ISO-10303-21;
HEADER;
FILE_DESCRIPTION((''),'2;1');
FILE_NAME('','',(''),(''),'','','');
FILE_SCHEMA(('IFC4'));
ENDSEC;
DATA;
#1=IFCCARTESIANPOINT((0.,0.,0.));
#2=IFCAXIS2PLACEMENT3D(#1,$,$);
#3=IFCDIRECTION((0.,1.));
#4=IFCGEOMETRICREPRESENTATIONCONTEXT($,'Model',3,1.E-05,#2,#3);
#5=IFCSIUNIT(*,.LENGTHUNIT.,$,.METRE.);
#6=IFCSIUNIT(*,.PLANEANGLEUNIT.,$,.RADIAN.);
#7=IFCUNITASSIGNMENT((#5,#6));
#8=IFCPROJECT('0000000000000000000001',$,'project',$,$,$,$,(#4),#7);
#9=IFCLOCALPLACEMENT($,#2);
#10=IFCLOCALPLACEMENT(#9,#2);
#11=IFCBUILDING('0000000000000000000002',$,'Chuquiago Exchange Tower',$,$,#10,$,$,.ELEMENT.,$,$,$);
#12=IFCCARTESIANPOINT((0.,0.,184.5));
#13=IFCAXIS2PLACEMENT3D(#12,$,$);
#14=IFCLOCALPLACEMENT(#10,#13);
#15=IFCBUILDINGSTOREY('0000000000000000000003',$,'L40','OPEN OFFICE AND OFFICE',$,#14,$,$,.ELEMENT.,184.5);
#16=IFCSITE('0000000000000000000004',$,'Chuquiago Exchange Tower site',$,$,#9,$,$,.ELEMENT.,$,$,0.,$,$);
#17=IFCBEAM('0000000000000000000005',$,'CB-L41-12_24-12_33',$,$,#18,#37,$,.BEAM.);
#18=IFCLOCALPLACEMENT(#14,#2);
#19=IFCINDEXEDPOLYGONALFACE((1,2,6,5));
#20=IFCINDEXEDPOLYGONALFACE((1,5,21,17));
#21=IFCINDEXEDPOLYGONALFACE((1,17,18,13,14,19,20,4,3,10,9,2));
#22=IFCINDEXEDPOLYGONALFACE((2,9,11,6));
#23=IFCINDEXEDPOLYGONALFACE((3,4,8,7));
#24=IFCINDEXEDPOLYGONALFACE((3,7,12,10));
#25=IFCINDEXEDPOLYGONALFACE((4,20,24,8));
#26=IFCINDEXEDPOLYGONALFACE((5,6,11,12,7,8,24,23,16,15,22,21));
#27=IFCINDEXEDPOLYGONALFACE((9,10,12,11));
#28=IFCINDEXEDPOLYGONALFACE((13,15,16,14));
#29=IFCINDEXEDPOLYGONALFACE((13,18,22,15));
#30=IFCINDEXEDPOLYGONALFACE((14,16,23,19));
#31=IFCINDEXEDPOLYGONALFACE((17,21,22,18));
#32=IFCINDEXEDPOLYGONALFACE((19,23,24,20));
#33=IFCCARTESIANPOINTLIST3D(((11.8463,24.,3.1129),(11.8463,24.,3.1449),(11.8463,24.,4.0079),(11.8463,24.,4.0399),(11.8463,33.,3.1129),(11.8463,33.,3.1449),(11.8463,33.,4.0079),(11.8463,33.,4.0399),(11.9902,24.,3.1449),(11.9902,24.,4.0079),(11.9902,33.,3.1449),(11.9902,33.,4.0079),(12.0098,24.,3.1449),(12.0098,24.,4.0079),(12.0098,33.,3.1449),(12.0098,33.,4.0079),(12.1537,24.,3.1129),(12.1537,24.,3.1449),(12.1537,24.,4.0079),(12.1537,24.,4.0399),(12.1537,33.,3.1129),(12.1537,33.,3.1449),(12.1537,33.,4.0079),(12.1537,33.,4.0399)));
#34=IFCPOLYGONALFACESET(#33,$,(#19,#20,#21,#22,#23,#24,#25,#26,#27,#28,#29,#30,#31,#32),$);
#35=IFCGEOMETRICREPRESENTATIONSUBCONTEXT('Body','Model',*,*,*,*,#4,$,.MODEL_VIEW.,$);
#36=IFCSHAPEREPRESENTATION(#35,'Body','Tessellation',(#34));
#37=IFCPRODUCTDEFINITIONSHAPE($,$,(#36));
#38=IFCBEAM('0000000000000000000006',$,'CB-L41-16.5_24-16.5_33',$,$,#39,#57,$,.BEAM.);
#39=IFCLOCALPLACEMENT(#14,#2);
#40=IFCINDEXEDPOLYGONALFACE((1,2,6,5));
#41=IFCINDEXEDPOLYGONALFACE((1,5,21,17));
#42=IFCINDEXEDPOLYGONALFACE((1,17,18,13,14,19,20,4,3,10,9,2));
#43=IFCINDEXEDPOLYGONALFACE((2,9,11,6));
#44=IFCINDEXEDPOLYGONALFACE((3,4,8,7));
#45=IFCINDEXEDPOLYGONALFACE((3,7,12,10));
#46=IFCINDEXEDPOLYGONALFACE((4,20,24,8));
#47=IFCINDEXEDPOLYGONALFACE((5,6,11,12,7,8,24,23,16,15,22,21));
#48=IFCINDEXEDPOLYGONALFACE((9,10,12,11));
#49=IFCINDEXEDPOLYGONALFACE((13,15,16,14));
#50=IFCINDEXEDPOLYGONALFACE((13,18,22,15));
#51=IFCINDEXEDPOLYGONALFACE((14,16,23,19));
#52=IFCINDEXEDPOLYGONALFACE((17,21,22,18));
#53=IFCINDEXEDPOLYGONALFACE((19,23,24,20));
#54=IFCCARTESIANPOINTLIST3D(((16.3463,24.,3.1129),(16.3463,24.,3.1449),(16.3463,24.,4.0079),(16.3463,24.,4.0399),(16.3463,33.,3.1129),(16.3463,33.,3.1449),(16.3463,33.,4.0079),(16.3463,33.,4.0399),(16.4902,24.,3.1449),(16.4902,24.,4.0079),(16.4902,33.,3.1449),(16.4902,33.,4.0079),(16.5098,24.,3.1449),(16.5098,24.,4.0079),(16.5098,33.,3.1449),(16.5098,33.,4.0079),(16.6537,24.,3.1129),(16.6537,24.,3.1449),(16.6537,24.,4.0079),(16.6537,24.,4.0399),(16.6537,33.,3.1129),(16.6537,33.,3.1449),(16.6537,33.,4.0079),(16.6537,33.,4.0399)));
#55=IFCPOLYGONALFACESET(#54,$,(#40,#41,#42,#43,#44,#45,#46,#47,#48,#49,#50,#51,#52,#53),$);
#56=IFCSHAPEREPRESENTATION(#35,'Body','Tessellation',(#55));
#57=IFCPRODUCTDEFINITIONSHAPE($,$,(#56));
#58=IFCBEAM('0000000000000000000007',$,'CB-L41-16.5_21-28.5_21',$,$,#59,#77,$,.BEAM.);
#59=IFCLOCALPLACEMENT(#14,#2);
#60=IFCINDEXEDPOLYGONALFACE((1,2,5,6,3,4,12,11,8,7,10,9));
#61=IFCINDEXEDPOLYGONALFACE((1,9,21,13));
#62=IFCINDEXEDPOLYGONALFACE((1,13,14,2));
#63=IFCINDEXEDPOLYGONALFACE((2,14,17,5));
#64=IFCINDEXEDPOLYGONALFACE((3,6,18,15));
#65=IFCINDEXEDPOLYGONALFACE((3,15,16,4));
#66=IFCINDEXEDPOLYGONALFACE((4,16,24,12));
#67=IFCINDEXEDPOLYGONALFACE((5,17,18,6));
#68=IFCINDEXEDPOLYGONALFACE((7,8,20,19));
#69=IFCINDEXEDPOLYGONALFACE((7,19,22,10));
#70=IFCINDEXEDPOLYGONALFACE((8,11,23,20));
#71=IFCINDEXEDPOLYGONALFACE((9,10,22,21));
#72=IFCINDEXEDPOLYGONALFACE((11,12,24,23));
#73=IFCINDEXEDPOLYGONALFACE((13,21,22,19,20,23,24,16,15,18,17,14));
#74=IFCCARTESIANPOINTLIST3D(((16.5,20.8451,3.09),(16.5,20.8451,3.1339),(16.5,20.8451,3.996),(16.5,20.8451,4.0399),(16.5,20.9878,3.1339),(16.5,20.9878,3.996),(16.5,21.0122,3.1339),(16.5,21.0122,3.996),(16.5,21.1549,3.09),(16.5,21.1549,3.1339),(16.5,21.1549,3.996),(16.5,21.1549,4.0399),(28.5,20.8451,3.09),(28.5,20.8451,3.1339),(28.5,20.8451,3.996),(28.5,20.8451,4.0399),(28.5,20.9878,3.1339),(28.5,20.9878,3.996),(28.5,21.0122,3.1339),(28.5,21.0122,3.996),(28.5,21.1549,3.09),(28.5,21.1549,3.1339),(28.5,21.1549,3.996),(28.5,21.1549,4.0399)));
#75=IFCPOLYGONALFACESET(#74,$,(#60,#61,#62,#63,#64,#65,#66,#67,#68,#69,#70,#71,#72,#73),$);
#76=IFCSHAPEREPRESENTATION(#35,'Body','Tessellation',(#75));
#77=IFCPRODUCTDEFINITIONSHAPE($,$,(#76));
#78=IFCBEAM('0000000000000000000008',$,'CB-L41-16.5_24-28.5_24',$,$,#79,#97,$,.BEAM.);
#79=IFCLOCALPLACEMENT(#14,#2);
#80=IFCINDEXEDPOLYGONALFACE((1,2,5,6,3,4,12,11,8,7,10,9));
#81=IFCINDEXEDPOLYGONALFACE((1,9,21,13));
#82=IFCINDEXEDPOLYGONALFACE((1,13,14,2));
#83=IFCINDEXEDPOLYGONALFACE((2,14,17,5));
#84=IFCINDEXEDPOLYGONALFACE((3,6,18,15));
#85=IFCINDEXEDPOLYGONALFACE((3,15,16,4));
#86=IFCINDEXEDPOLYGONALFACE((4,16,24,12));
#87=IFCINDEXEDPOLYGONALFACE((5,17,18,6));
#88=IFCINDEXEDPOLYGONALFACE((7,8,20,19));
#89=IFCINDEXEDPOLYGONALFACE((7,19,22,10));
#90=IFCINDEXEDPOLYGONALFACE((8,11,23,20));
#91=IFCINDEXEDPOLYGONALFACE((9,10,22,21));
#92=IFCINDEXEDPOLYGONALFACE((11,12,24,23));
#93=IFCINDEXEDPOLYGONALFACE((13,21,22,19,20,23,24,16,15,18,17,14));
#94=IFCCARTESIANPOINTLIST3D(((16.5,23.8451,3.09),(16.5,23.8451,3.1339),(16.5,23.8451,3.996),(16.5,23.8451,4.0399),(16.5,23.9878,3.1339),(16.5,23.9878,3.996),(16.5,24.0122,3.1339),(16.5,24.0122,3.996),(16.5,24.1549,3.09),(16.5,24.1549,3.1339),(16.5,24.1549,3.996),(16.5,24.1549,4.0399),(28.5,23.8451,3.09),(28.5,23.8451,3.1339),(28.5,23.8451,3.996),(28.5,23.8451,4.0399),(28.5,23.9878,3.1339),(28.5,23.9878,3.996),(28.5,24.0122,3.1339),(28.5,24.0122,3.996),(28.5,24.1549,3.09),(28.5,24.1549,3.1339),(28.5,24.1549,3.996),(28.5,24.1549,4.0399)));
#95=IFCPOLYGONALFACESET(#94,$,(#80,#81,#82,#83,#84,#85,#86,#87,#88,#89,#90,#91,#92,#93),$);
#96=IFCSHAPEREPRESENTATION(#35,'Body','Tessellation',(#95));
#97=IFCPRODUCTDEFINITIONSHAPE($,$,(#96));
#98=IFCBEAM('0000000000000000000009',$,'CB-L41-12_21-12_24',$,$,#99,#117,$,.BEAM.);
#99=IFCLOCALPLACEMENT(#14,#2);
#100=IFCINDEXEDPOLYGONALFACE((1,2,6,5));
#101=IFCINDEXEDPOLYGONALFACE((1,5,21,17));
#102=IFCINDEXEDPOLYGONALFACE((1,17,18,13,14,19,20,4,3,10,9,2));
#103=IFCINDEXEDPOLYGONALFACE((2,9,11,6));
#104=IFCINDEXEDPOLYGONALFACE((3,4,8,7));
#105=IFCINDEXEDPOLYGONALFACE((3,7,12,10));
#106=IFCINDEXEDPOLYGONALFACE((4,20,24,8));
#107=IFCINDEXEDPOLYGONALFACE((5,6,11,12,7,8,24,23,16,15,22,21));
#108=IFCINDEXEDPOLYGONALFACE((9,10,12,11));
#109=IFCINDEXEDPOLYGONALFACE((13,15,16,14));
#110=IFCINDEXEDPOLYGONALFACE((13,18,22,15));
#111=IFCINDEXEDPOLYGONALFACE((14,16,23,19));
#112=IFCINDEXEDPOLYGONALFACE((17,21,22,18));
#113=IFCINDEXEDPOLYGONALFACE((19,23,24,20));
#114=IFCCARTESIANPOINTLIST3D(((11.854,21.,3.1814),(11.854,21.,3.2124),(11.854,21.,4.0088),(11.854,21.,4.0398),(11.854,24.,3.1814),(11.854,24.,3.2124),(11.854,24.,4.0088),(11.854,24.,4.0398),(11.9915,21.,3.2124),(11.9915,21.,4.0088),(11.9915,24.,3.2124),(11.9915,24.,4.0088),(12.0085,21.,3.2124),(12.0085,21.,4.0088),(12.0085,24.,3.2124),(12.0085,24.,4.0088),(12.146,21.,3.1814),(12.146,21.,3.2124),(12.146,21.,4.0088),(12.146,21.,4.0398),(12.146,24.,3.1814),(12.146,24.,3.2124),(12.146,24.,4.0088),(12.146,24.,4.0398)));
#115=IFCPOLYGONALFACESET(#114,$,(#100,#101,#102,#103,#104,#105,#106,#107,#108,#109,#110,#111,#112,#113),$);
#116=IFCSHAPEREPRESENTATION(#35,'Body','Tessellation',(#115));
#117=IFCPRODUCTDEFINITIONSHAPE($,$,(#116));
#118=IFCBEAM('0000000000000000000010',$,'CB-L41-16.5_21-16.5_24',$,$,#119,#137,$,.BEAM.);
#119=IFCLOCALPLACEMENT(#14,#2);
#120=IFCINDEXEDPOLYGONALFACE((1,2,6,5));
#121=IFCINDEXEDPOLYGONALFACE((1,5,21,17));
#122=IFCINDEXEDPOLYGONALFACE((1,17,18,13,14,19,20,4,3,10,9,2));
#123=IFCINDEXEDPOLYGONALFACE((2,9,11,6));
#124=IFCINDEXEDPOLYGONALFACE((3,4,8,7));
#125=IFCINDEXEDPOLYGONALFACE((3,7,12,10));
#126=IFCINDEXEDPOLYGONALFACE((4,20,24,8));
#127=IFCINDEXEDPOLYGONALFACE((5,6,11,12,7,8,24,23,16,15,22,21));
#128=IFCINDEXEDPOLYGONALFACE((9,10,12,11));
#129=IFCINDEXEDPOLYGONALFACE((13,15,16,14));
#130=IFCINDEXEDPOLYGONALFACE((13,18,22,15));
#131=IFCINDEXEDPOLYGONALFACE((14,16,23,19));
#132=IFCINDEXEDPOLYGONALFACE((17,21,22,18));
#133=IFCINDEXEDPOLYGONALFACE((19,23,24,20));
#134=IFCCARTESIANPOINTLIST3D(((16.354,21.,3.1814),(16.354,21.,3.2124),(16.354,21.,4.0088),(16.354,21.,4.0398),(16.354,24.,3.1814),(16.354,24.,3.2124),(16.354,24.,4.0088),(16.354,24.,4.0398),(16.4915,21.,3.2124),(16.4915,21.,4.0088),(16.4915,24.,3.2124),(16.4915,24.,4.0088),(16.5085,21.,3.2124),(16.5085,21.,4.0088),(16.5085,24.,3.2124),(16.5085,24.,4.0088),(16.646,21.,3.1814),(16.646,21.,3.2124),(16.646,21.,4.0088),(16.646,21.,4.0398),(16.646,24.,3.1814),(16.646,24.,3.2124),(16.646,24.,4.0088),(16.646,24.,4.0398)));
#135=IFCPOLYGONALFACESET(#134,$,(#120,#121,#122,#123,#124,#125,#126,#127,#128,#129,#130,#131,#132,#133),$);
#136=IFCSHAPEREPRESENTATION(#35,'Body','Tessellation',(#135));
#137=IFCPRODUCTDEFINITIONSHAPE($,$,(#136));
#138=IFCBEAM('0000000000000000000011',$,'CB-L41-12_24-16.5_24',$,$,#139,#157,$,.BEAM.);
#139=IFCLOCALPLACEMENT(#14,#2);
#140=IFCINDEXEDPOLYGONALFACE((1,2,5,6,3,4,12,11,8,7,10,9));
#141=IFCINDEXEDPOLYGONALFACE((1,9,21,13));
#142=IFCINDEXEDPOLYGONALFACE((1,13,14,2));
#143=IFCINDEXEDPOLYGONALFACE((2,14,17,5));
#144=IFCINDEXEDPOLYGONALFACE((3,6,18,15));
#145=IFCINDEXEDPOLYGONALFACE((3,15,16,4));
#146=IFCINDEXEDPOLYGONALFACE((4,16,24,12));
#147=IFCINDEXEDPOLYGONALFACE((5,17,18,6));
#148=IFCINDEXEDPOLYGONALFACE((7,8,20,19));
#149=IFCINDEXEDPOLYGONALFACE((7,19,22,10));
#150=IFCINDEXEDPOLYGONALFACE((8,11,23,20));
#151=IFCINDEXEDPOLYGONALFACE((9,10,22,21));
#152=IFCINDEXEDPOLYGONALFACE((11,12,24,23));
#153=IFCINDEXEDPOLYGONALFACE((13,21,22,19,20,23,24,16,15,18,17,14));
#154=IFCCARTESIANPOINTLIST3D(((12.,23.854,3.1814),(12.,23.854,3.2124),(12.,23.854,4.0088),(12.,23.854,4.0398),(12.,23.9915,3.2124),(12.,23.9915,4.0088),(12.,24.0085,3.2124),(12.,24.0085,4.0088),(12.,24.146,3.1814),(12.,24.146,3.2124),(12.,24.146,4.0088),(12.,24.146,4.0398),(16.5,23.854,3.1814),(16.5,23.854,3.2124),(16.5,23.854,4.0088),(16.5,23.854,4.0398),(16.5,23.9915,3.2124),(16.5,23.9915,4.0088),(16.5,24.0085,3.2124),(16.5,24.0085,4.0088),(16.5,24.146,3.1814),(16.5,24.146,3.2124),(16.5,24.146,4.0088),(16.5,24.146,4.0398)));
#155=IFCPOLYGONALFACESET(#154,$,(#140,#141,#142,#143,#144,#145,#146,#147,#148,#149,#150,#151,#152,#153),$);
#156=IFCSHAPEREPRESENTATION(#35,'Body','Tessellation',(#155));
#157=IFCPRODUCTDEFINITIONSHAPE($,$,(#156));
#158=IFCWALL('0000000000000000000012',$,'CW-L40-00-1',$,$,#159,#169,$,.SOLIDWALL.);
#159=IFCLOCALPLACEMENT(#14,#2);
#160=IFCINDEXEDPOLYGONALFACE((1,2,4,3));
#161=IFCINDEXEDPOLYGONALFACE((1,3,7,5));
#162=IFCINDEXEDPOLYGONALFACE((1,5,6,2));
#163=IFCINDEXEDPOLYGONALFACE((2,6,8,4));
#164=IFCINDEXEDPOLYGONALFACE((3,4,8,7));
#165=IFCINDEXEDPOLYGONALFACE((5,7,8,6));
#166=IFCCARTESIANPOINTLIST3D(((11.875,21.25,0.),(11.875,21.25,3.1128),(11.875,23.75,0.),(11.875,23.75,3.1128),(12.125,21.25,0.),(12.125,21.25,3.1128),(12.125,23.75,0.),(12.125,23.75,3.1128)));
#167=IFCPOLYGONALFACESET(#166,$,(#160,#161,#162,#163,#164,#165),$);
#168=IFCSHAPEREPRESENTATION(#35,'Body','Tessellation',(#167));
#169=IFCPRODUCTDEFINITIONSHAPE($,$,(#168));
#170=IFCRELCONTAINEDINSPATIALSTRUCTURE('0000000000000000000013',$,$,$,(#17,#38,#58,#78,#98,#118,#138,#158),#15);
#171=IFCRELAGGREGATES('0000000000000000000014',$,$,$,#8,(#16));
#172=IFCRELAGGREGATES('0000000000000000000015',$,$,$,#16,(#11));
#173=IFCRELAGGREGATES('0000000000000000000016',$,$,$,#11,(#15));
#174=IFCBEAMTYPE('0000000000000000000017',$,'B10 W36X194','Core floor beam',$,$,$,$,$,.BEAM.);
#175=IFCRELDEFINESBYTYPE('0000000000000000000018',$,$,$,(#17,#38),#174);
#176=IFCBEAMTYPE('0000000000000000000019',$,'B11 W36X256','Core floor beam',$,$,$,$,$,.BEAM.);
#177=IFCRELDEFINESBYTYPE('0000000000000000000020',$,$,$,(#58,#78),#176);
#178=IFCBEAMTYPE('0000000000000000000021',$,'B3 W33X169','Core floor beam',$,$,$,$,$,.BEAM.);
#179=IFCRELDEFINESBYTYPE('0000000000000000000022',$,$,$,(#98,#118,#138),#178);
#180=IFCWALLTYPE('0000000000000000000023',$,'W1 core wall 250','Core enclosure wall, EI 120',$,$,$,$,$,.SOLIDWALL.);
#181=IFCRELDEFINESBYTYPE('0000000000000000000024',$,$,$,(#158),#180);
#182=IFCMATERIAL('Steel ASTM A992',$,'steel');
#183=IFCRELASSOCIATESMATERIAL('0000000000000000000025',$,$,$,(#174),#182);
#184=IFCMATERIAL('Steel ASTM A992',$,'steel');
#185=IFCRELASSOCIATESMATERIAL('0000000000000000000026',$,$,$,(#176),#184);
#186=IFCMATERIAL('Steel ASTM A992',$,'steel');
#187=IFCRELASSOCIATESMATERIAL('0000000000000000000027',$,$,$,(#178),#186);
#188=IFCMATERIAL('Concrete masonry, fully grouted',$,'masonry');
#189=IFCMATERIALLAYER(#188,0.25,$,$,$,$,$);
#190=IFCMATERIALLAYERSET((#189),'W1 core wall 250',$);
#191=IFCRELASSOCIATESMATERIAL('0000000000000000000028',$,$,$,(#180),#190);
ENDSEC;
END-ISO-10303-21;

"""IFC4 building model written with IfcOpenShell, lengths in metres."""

from ifc_helpers import new_model, si_unit, direction, frame, frame_2d, origin, origin_2d, place, context, subcontext, project, spatial, rectangle, i_section, extrude, material, layer, layer_set, material_profile, profile_set, type_object, element, save


model = new_model("IFC4")

# Units and contexts
model_context = context("Model", 3, precision=1e-05, world=origin(), true_north=direction((0.0, 1.0)))
body_context = subcontext(model_context, "Body", "Model", "MODEL_VIEW")
ifc_project = project(units=[si_unit("LENGTHUNIT", "METRE"), si_unit("PLANEANGLEUNIT", "RADIAN")], contexts=[model_context])

# Site, building, storey
site_placement = place(None, origin())
site = spatial("IfcSite", under=ifc_project, at=site_placement, Name="Chuquiago Exchange Tower site", CompositionType="ELEMENT", RefElevation=0.0)
building_placement = place(site_placement, origin())
building = spatial("IfcBuilding", under=site, at=building_placement, Name="Chuquiago Exchange Tower", CompositionType="ELEMENT")
storey_placement = place(building_placement, frame((0.0, 0.0, 184.5)))
storey = spatial("IfcBuildingStorey", under=building, at=storey_placement, Name="L40", Description="OPEN OFFICE AND OFFICE", CompositionType="ELEMENT", Elevation=184.5)

# Beams
ifc_material_1 = material(Name="Steel ASTM A992", Category="steel")
ifc_material_profile_1 = material_profile(ifc_material_1, i_section(OverallWidth=0.3074, OverallDepth=0.927, WebThickness=0.0195, FlangeThickness=0.032, at=origin_2d()), Name="W36X194")
ifc_profile_set_1 = profile_set([ifc_material_profile_1], Name="Steel ASTM A992")
beam_type_1 = type_object("IfcBeamType", Name="B10 W36X194", Description="Core floor beam", PredefinedType="BEAM", material=ifc_profile_set_1)
for number, where, z_axis, x_axis, name in (
    (1, (12.0, 24.0, 3.5764), (0.0, 1.0, 0.0), (-1.0, 0.0, 0.0), "CB-L41-12_24-12_33"),
    (2, (16.5, 24.0, 3.5764), (0.0, 1.0, 0.0), (-1.0, 0.0, 0.0), "CB-L41-16.5_24-16.5_33"),
):
    element("IfcBeam", number, at=place(storey_placement, frame(where, z_axis=z_axis, x_axis=x_axis)), inside=storey, type_object=beam_type_1, Name=name, PredefinedType="BEAM", context=body_context, shape_type="SweptSolid", body=[
        extrude(i_section(OverallWidth=0.3074, OverallDepth=0.927, WebThickness=0.0195, FlangeThickness=0.032, at=origin_2d()), origin(), (0.0, 0.0, 1.0), 9.0),
    ])
ifc_material_2 = material(Name="Steel ASTM A992", Category="steel")
ifc_material_profile_2 = material_profile(ifc_material_2, i_section(OverallWidth=0.3098, OverallDepth=0.95, WebThickness=0.0244, FlangeThickness=0.0439, at=origin_2d()), Name="W36X256")
ifc_profile_set_2 = profile_set([ifc_material_profile_2], Name="Steel ASTM A992")
beam_type_2 = type_object("IfcBeamType", Name="B11 W36X256", Description="Core floor beam", PredefinedType="BEAM", material=ifc_profile_set_2)
for number, where, z_axis, x_axis, name in (
    (3, (16.5, 21.0, 3.5649), (1.0, 0.0, 0.0), (0.0, 1.0, 0.0), "CB-L41-16.5_21-28.5_21"),
    (4, (16.5, 24.0, 3.5649), (1.0, 0.0, 0.0), (0.0, 1.0, 0.0), "CB-L41-16.5_24-28.5_24"),
):
    element("IfcBeam", number, at=place(storey_placement, frame(where, z_axis=z_axis, x_axis=x_axis)), inside=storey, type_object=beam_type_2, Name=name, PredefinedType="BEAM", context=body_context, shape_type="SweptSolid", body=[
        extrude(i_section(OverallWidth=0.3098, OverallDepth=0.95, WebThickness=0.0244, FlangeThickness=0.0439, at=origin_2d()), origin(), (0.0, 0.0, 1.0), 12.0),
    ])
ifc_material_3 = material(Name="Steel ASTM A992", Category="steel")
ifc_material_profile_3 = material_profile(ifc_material_3, i_section(OverallWidth=0.292, OverallDepth=0.8584, WebThickness=0.0171, FlangeThickness=0.031, at=origin_2d()), Name="W33X169")
ifc_profile_set_3 = profile_set([ifc_material_profile_3], Name="Steel ASTM A992")
beam_type_3 = type_object("IfcBeamType", Name="B3 W33X169", Description="Core floor beam", PredefinedType="BEAM", material=ifc_profile_set_3)
for number, where, z_axis, x_axis, name in (
    (5, (12.0, 21.0, 3.6106), (0.0, 1.0, 0.0), (-1.0, 0.0, 0.0), "CB-L41-12_21-12_24"),
    (6, (16.5, 21.0, 3.6106), (0.0, 1.0, 0.0), (-1.0, 0.0, 0.0), "CB-L41-16.5_21-16.5_24"),
):
    element("IfcBeam", number, at=place(storey_placement, frame(where, z_axis=z_axis, x_axis=x_axis)), inside=storey, type_object=beam_type_3, Name=name, PredefinedType="BEAM", context=body_context, shape_type="SweptSolid", body=[
        extrude(i_section(OverallWidth=0.292, OverallDepth=0.8584, WebThickness=0.0171, FlangeThickness=0.031, at=origin_2d()), origin(), (0.0, 0.0, 1.0), 3.0),
    ])
beam_placement = place(storey_placement, frame((12.0, 24.0, 3.6106), z_axis=(1.0, 0.0, 0.0), x_axis=(0.0, 1.0, 0.0)))
element("IfcBeam", 7, at=beam_placement, inside=storey, type_object=beam_type_3, Name="CB-L41-12_24-16.5_24", PredefinedType="BEAM", context=body_context, shape_type="SweptSolid", body=[
    extrude(i_section(OverallWidth=0.292, OverallDepth=0.8584, WebThickness=0.0171, FlangeThickness=0.031, at=origin_2d()), origin(), (0.0, 0.0, 1.0), 4.5),
])

# Wall
ifc_material_4 = material(Name="Concrete masonry, fully grouted", Category="masonry")
ifc_layer_1 = layer(ifc_material_4, 0.25)
ifc_layer_set_1 = layer_set([ifc_layer_1], Name="W1 core wall 250")
wall_type_1 = type_object("IfcWallType", Name="W1 core wall 250", Description="Core enclosure wall, EI 120", PredefinedType="SOLIDWALL", material=ifc_layer_set_1)
wall_1_placement = place(storey_placement, frame((12.0, 21.25, 0.0), z_axis=(0.0, 0.0, 1.0), x_axis=(0.0, 1.0, 0.0)))
element("IfcWall", 8, at=wall_1_placement, inside=storey, type_object=wall_type_1, Name="CW-L40-00-1", PredefinedType="SOLIDWALL", context=body_context, shape_type="SweptSolid", body=[
    extrude(rectangle(XDim=2.5, YDim=0.25, at=frame_2d((1.25, 0.0))), origin(), (0.0, 0.0, 1.0), 3.1128),
])

save(model, "model.ifc")
